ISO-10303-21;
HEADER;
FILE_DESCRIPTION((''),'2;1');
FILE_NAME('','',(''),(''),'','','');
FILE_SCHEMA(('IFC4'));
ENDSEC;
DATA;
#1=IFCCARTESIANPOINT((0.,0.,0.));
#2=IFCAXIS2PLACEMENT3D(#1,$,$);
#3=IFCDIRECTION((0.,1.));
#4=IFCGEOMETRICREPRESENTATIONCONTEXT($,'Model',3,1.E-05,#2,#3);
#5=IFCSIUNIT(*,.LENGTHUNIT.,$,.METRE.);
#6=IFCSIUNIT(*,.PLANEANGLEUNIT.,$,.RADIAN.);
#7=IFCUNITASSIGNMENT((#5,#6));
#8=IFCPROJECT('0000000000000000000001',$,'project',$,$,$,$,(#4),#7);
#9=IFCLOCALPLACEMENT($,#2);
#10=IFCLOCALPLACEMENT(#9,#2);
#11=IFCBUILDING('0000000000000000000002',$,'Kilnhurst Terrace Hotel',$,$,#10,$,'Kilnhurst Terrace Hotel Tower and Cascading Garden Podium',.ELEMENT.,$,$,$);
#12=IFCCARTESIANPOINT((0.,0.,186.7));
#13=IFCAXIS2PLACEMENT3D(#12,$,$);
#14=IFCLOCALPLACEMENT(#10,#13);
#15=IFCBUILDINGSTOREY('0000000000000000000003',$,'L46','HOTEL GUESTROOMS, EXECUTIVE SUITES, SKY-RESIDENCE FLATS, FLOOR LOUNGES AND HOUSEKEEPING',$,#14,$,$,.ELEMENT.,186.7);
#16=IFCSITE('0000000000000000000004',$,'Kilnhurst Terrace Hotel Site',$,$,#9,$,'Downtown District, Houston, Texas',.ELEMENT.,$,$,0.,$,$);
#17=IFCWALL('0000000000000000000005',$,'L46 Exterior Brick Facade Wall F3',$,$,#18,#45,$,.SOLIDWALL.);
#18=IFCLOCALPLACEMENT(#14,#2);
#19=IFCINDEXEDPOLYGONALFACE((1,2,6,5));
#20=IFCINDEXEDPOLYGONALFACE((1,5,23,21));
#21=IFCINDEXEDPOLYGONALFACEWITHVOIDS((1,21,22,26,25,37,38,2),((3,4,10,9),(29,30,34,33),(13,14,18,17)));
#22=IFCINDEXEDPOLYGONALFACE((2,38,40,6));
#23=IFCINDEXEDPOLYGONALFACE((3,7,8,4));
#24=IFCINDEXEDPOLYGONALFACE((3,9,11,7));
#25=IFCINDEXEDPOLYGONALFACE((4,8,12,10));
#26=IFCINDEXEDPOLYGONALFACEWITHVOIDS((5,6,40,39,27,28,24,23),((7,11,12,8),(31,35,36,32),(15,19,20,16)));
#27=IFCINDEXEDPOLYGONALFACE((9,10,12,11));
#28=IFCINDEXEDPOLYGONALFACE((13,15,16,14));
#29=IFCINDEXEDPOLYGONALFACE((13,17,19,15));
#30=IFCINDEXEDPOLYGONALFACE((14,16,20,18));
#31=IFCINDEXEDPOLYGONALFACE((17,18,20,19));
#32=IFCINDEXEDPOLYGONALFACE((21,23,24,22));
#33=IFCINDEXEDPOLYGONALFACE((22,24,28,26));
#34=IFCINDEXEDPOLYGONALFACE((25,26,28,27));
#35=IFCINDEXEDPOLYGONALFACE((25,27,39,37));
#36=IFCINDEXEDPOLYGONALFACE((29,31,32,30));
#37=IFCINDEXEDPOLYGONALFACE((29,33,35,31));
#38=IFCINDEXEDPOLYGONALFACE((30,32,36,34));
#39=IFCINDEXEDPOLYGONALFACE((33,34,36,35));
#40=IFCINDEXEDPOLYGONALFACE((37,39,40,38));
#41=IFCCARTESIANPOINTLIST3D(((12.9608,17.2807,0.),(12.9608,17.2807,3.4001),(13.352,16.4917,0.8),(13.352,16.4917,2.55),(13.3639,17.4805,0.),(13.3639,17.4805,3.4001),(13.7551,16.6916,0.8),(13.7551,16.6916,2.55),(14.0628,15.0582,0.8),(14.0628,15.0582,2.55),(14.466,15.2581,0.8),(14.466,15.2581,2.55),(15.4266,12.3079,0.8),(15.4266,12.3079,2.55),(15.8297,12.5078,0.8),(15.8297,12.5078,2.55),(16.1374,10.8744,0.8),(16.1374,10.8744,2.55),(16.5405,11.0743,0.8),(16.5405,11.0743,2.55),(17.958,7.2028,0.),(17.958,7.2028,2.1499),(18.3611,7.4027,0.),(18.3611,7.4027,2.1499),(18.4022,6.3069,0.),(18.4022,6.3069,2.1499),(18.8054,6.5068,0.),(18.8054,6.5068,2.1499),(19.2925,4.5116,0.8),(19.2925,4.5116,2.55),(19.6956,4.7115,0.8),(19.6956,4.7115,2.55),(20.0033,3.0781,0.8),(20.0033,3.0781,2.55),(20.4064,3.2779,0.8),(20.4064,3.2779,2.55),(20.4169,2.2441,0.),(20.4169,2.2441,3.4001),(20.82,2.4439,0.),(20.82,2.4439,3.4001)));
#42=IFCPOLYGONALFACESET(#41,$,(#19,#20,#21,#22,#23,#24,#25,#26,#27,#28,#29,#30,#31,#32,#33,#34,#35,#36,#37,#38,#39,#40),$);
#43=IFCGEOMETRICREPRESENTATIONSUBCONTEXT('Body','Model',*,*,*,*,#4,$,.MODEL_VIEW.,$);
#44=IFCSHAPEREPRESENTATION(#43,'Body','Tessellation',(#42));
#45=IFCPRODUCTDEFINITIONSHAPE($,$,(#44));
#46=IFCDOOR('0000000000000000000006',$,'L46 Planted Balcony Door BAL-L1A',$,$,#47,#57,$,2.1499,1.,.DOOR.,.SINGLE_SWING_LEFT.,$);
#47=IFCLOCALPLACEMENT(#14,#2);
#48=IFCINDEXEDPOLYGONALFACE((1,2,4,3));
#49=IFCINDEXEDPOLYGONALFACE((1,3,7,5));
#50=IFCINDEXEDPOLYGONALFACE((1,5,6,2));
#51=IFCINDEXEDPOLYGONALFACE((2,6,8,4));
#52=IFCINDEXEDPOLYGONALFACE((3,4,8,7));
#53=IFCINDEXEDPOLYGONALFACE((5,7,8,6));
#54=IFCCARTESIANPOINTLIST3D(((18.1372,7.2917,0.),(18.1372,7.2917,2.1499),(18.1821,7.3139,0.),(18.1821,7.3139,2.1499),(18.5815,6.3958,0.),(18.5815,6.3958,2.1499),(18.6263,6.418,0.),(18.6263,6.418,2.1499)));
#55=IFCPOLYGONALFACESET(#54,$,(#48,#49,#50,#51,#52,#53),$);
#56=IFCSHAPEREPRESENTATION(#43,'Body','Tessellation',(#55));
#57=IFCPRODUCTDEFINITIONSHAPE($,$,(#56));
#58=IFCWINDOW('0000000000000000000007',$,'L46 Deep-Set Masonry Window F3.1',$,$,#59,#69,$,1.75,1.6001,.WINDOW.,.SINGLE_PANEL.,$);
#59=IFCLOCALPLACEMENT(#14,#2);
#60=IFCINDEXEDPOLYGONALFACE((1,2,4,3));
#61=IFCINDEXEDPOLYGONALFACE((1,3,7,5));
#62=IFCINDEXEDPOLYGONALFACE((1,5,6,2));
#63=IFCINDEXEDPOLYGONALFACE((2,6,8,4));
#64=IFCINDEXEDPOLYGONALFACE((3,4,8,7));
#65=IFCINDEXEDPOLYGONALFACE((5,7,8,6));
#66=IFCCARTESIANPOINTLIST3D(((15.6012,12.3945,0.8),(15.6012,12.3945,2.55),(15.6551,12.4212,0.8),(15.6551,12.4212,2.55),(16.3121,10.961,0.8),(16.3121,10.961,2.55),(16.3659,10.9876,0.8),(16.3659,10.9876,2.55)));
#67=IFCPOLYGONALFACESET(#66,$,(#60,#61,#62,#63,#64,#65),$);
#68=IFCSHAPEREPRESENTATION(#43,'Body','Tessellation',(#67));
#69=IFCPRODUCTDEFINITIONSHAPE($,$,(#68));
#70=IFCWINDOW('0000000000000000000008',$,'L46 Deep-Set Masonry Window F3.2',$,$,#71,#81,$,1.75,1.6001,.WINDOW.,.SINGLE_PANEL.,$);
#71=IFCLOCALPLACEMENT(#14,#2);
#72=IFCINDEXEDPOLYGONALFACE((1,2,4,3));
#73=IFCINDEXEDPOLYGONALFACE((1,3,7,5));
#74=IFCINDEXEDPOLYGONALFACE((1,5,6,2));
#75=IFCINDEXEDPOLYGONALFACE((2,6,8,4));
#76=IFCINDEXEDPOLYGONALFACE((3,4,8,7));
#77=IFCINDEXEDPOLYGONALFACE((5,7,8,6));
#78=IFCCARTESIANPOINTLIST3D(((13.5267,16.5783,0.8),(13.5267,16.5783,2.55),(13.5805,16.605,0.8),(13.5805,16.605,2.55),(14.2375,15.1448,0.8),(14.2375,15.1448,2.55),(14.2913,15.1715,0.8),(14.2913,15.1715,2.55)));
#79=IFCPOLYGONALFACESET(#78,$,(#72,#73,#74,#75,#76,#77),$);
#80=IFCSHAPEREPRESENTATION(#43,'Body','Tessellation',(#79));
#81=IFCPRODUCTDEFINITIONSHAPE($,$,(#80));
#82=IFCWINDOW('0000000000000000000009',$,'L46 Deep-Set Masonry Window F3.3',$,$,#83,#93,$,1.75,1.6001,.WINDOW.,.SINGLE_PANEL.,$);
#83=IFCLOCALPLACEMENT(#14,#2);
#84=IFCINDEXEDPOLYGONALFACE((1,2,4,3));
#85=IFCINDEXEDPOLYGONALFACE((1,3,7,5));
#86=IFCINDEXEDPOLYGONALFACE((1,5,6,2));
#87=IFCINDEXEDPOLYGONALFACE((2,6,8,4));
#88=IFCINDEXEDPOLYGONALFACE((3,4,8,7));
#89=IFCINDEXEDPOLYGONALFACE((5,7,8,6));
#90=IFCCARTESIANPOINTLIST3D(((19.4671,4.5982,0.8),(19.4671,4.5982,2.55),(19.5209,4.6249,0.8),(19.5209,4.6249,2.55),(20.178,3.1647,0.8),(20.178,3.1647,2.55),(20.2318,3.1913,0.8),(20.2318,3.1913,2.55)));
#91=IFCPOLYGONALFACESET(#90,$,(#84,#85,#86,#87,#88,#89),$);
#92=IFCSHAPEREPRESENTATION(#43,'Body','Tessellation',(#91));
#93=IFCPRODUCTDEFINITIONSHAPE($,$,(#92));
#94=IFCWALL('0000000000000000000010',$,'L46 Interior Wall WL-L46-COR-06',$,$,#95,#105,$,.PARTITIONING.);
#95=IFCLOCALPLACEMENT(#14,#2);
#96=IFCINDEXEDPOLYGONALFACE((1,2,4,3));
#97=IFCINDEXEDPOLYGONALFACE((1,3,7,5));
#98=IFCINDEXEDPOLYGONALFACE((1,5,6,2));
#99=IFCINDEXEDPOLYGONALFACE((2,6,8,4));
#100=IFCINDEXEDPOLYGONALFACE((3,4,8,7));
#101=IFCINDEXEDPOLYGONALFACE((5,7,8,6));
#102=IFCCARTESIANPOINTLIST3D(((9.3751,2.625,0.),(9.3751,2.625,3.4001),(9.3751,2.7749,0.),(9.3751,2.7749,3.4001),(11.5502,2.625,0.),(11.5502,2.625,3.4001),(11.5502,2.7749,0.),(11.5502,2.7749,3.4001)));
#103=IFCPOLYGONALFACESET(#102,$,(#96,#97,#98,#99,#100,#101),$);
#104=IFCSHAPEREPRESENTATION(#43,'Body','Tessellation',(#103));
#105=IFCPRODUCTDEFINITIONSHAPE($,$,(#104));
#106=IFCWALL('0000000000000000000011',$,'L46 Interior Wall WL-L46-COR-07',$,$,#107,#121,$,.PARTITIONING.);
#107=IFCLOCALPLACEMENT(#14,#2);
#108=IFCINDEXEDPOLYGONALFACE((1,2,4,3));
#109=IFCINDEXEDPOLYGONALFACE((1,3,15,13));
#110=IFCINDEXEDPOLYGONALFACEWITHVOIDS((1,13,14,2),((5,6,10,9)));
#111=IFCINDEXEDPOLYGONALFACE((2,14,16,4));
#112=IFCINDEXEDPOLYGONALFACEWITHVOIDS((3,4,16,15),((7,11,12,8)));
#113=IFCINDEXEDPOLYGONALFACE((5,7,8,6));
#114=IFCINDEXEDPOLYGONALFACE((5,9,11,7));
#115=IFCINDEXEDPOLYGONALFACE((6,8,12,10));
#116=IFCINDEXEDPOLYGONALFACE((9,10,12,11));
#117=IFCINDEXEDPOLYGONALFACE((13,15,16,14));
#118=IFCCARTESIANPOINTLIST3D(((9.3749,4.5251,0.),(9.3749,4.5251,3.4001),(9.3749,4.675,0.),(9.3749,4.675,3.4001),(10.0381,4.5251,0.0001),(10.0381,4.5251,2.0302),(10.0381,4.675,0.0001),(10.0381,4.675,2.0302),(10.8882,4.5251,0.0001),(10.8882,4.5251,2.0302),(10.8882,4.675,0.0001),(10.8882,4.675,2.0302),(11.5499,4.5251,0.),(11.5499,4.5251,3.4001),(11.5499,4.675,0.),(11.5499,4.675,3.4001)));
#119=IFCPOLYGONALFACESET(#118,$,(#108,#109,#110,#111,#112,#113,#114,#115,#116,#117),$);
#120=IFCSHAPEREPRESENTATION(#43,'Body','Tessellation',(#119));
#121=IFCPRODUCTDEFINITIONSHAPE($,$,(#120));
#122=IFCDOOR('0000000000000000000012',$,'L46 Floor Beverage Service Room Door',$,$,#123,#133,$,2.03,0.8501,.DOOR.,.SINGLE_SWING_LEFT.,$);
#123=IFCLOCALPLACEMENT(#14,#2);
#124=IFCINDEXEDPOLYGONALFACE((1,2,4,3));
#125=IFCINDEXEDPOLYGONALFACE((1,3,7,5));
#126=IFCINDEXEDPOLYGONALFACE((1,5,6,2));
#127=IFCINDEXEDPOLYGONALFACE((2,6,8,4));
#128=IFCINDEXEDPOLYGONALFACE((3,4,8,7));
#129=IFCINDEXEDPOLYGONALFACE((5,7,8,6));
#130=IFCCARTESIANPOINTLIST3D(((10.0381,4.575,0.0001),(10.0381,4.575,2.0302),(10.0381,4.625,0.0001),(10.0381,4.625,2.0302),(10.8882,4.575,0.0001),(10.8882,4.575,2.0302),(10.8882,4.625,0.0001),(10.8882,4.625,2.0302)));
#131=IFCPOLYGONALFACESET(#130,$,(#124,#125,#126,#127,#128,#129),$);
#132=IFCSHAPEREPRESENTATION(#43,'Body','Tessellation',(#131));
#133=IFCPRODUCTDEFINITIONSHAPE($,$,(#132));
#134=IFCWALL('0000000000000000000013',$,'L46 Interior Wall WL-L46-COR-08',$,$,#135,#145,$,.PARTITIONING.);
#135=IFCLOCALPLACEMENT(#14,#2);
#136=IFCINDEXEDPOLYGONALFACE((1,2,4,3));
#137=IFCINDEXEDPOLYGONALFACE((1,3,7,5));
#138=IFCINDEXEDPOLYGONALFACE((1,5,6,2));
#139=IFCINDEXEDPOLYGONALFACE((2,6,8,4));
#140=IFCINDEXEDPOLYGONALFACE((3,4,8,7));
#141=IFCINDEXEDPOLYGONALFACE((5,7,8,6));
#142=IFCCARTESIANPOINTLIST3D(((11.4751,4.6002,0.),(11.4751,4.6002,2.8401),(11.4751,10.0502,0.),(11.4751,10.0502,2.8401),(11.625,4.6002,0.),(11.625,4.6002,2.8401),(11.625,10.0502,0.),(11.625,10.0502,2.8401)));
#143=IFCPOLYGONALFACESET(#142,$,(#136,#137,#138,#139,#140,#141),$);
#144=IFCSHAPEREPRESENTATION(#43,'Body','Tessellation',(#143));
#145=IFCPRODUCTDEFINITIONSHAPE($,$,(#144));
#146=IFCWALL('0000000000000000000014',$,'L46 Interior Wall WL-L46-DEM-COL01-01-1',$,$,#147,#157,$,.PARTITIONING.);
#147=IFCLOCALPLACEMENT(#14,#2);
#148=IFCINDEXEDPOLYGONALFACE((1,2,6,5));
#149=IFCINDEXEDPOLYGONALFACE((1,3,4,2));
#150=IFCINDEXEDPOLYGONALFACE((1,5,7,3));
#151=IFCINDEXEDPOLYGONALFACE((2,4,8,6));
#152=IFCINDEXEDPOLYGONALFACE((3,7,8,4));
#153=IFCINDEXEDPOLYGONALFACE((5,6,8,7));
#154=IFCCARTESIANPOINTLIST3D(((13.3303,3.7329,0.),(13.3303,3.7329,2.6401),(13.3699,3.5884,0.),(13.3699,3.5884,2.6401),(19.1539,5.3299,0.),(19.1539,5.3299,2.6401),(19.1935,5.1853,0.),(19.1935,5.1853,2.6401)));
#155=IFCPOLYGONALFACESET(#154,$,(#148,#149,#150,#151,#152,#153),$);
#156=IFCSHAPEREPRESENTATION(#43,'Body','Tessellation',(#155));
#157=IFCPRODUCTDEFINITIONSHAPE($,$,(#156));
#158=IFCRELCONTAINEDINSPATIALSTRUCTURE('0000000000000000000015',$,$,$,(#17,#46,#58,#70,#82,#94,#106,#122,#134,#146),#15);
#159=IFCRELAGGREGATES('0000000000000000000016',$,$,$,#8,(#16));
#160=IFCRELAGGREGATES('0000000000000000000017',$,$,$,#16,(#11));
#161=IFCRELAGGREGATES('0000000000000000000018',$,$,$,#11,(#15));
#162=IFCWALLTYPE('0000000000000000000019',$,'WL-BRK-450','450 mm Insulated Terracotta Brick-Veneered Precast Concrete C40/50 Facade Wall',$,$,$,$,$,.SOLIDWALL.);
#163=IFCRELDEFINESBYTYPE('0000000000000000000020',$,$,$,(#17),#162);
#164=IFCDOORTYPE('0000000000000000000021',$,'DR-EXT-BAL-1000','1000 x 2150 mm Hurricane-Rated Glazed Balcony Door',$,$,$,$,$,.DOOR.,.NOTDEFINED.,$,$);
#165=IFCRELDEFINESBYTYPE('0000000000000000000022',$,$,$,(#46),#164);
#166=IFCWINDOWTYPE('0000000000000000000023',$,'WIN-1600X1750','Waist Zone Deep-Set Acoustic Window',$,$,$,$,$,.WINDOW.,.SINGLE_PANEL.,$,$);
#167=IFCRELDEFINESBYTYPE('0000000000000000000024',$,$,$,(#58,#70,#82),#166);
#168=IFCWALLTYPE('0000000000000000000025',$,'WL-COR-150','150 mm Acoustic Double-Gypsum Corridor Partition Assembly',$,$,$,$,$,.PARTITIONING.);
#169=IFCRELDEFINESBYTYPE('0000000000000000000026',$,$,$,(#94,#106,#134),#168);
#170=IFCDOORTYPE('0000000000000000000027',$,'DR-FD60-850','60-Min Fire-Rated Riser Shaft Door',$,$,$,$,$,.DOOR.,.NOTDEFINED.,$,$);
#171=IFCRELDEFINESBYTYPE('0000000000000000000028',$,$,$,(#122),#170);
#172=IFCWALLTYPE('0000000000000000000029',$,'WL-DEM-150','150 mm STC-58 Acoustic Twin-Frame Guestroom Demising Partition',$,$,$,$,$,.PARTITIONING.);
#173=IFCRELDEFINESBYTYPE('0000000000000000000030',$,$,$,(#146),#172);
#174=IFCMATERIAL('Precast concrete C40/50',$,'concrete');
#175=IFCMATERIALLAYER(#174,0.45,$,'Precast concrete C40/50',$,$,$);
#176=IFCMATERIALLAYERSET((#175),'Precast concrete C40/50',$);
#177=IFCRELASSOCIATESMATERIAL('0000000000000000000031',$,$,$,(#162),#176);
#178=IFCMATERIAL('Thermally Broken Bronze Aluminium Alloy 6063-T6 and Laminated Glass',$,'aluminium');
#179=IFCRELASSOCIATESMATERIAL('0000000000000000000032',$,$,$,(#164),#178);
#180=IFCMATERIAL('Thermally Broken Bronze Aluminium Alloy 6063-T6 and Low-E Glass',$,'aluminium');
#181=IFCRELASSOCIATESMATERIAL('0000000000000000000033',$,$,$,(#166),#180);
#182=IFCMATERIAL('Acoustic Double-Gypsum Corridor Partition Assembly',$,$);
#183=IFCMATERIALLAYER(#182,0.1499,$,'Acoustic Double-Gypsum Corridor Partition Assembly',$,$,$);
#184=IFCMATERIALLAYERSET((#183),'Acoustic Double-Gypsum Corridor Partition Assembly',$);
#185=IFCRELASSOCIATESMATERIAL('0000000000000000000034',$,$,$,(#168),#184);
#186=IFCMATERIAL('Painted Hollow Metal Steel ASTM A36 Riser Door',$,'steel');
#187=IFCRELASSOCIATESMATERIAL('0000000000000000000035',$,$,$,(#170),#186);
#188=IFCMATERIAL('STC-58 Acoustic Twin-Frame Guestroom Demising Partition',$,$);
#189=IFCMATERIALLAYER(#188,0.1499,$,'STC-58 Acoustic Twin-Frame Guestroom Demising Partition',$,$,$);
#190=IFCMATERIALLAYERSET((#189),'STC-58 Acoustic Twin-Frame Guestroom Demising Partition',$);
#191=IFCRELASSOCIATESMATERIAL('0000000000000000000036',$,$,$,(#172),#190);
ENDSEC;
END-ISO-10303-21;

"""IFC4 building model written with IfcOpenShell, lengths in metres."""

from ifc_helpers import new_model, si_unit, direction, frame, frame_2d, origin, place, context, subcontext, project, spatial, rectangle, extrude, material, layer, layer_set, type_object, element, fill, save


model = new_model("IFC4")

# Units and contexts
model_context = context("Model", 3, precision=1e-05, world=origin(), true_north=direction((0.0, 1.0)))
body_context = subcontext(model_context, "Body", "Model", "MODEL_VIEW")
ifc_project = project(units=[si_unit("LENGTHUNIT", "METRE"), si_unit("PLANEANGLEUNIT", "RADIAN")], contexts=[model_context])

# Site, building, storey
site_placement = place(None, origin())
site = spatial("IfcSite", under=ifc_project, at=site_placement, Name="Kilnhurst Terrace Hotel Site", LongName="Downtown District, Houston, Texas", CompositionType="ELEMENT", RefElevation=0.0)
building_placement = place(site_placement, origin())
building = spatial("IfcBuilding", under=site, at=building_placement, Name="Kilnhurst Terrace Hotel", LongName="Kilnhurst Terrace Hotel Tower and Cascading Garden Podium", CompositionType="ELEMENT")
storey_placement = place(building_placement, frame((0.0, 0.0, 186.7)))
storey = spatial("IfcBuildingStorey", under=building, at=storey_placement, Name="L46", Description="HOTEL GUESTROOMS, EXECUTIVE SUITES, SKY-RESIDENCE FLATS, FLOOR LOUNGES AND HOUSEKEEPING", CompositionType="ELEMENT", Elevation=186.7)

# Shared definitions
ifc_material_1 = material(Name="Precast concrete C40/50", Category="concrete")
ifc_layer_1 = layer(ifc_material_1, 0.45, Name="Precast concrete C40/50")
ifc_layer_set_1 = layer_set([ifc_layer_1], Name="Precast concrete C40/50")
wall_type_1 = type_object("IfcWallType", Name="WL-BRK-450", Description="450 mm Insulated Terracotta Brick-Veneered Precast Concrete C40/50 Facade Wall", PredefinedType="SOLIDWALL", material=ifc_layer_set_1)

# Wall, openings, door, windows
wall_1_placement = place(storey_placement, frame((20.6184, 2.344, 0.0), z_axis=(0.0, 0.0, 1.0), x_axis=(-0.444244, 0.895906, 0.0)))
wall_1 = element("IfcWall", 1, at=wall_1_placement, inside=storey, type_object=wall_type_1, Name="L46 Exterior Brick Facade Wall F3", PredefinedType="SOLIDWALL", context=body_context, shape_type="SweptSolid", body=[
    extrude(rectangle(XDim=16.7837, YDim=0.45, at=frame_2d((8.3918, 0.0))), origin(), (0.0, 0.0, 1.0), 3.4001),
])
opening_1_placement = place(wall_1_placement, frame((4.5349, 0.0, 0.0)))
opening_1 = element("IfcOpeningElement", 2, at=opening_1_placement, cuts=wall_1, PredefinedType="OPENING", context=body_context, shape_type="SweptSolid", body=[
    extrude(rectangle(XDim=1.0, YDim=2.1499, at=frame_2d((0.5, 1.075))), frame((0.0, 0.2349, 0.0), z_axis=(0.0, -1.0, 0.0), x_axis=(1.0, 0.0, 0.0)), (0.0, 0.0, 1.0), 0.47),
])
opening_2_placement = place(wall_1_placement, frame((9.6331, 0.0, 0.8)))
opening_2 = element("IfcOpeningElement", 3, at=opening_2_placement, cuts=wall_1, PredefinedType="OPENING", context=body_context, shape_type="SweptSolid", body=[
    extrude(rectangle(XDim=1.6001, YDim=1.75, at=frame_2d((0.8, 0.875))), frame((0.0, 0.2349, 0.0), z_axis=(0.0, -1.0, 0.0), x_axis=(1.0, 0.0, 0.0)), (0.0, 0.0, 1.0), 0.47),
])
opening_3_placement = place(wall_1_placement, frame((14.303, 0.0, 0.8)))
opening_3 = element("IfcOpeningElement", 4, at=opening_3_placement, cuts=wall_1, PredefinedType="OPENING", context=body_context, shape_type="SweptSolid", body=[
    extrude(rectangle(XDim=1.6001, YDim=1.75, at=frame_2d((0.8, 0.875))), frame((0.0, 0.2349, 0.0), z_axis=(0.0, -1.0, 0.0), x_axis=(1.0, 0.0, 0.0)), (0.0, 0.0, 1.0), 0.47),
])
opening_4_placement = place(wall_1_placement, frame((0.9309, 0.0, 0.8)))
opening_4 = element("IfcOpeningElement", 5, at=opening_4_placement, cuts=wall_1, PredefinedType="OPENING", context=body_context, shape_type="SweptSolid", body=[
    extrude(rectangle(XDim=1.6001, YDim=1.75, at=frame_2d((0.8, 0.875))), frame((0.0, 0.2349, 0.0), z_axis=(0.0, -1.0, 0.0), x_axis=(1.0, 0.0, 0.0)), (0.0, 0.0, 1.0), 0.47),
])
ifc_material_2 = material(Name="Thermally Broken Bronze Aluminium Alloy 6063-T6 and Laminated Glass", Category="aluminium")
door_type_1 = type_object("IfcDoorType", Name="DR-EXT-BAL-1000", Description="1000 x 2150 mm Hurricane-Rated Glazed Balcony Door", OperationType="NOTDEFINED", PredefinedType="DOOR", material=ifc_material_2)
door_1_placement = place(opening_1_placement, origin())
door_1 = element("IfcDoor", 6, at=door_1_placement, inside=storey, type_object=door_type_1, Name="L46 Planted Balcony Door BAL-L1A", OperationType="SINGLE_SWING_LEFT", OverallHeight=2.1499, OverallWidth=1.0, PredefinedType="DOOR", context=body_context, shape_type="SweptSolid", body=[
    extrude(rectangle(XDim=1.0, YDim=2.1499, at=frame_2d((0.5, 1.075))), frame((0.0, 0.0249, 0.0), z_axis=(0.0, -1.0, 0.0), x_axis=(1.0, 0.0, 0.0)), (0.0, 0.0, 1.0), 0.05),
])
fill(opening_1, door_1)
ifc_material_3 = material(Name="Thermally Broken Bronze Aluminium Alloy 6063-T6 and Low-E Glass", Category="aluminium")
window_type = type_object("IfcWindowType", Name="WIN-1600X1750", Description="Waist Zone Deep-Set Acoustic Window", PartitioningType="SINGLE_PANEL", PredefinedType="WINDOW", material=ifc_material_3)
window_1_placement = place(opening_2_placement, origin())
window_1 = element("IfcWindow", 7, at=window_1_placement, inside=storey, type_object=window_type, Name="L46 Deep-Set Masonry Window F3.1", OverallHeight=1.75, OverallWidth=1.6001, PartitioningType="SINGLE_PANEL", PredefinedType="WINDOW", context=body_context, shape_type="SweptSolid", body=[
    extrude(rectangle(XDim=1.6001, YDim=1.75, at=frame_2d((0.8, 0.875))), frame((0.0, 0.03, 0.0), z_axis=(0.0, -1.0, 0.0), x_axis=(1.0, 0.0, 0.0)), (0.0, 0.0, 1.0), 0.0601),
])
fill(opening_2, window_1)
window_2_placement = place(opening_3_placement, origin())
window_2 = element("IfcWindow", 8, at=window_2_placement, inside=storey, type_object=window_type, Name="L46 Deep-Set Masonry Window F3.2", OverallHeight=1.75, OverallWidth=1.6001, PartitioningType="SINGLE_PANEL", PredefinedType="WINDOW", context=body_context, shape_type="SweptSolid", body=[
    extrude(rectangle(XDim=1.6001, YDim=1.75, at=frame_2d((0.8, 0.875))), frame((0.0, 0.03, 0.0), z_axis=(0.0, -1.0, 0.0), x_axis=(1.0, 0.0, 0.0)), (0.0, 0.0, 1.0), 0.0601),
])
fill(opening_3, window_2)
window_3_placement = place(opening_4_placement, origin())
window_3 = element("IfcWindow", 9, at=window_3_placement, inside=storey, type_object=window_type, Name="L46 Deep-Set Masonry Window F3.3", OverallHeight=1.75, OverallWidth=1.6001, PartitioningType="SINGLE_PANEL", PredefinedType="WINDOW", context=body_context, shape_type="SweptSolid", body=[
    extrude(rectangle(XDim=1.6001, YDim=1.75, at=frame_2d((0.8, 0.875))), frame((0.0, 0.03, 0.0), z_axis=(0.0, -1.0, 0.0), x_axis=(1.0, 0.0, 0.0)), (0.0, 0.0, 1.0), 0.0601),
])
fill(opening_4, window_3)

# Wall
ifc_material_4 = material(Name="Acoustic Double-Gypsum Corridor Partition Assembly")
ifc_layer_2 = layer(ifc_material_4, 0.1499, Name="Acoustic Double-Gypsum Corridor Partition Assembly")
ifc_layer_set_2 = layer_set([ifc_layer_2], Name="Acoustic Double-Gypsum Corridor Partition Assembly")
wall_type_2 = type_object("IfcWallType", Name="WL-COR-150", Description="150 mm Acoustic Double-Gypsum Corridor Partition Assembly", PredefinedType="PARTITIONING", material=ifc_layer_set_2)
wall_2_placement = place(storey_placement, frame((11.55, 2.7, 0.0), z_axis=(0.0, 0.0, 1.0), x_axis=(-1.0, 0.0, 0.0)))
element("IfcWall", 10, at=wall_2_placement, inside=storey, type_object=wall_type_2, Name="L46 Interior Wall WL-L46-COR-06", PredefinedType="PARTITIONING", context=body_context, shape_type="SweptSolid", body=[
    extrude(rectangle(XDim=2.175, YDim=0.1499, at=frame_2d((1.0874, 0.0))), origin(), (0.0, 0.0, 1.0), 3.4001),
])

# Wall, opening, door
wall_3_placement = place(storey_placement, frame((9.375, 4.6001, 0.0), z_axis=(0.0, 0.0, 1.0), x_axis=(1.0, 0.0, 0.0)))
wall_3 = element("IfcWall", 11, at=wall_3_placement, inside=storey, type_object=wall_type_2, Name="L46 Interior Wall WL-L46-COR-07", PredefinedType="PARTITIONING", context=body_context, shape_type="SweptSolid", body=[
    extrude(rectangle(XDim=2.175, YDim=0.1499, at=frame_2d((1.0874, 0.0))), origin(), (0.0, 0.0, 1.0), 3.4001),
])
opening_5_placement = place(wall_3_placement, frame((0.6631, 0.0, 0.0)))
opening_5 = element("IfcOpeningElement", 12, at=opening_5_placement, cuts=wall_3, PredefinedType="OPENING", context=body_context, shape_type="SweptSolid", body=[
    extrude(rectangle(XDim=0.8501, YDim=2.03, at=frame_2d((0.425, 1.0151))), frame((0.0, 0.085, 0.0), z_axis=(0.0, -1.0, 0.0), x_axis=(1.0, 0.0, 0.0)), (0.0, 0.0, 1.0), 0.1699),
])
ifc_material_5 = material(Name="Painted Hollow Metal Steel ASTM A36 Riser Door", Category="steel")
door_type_2 = type_object("IfcDoorType", Name="DR-FD60-850", Description="60-Min Fire-Rated Riser Shaft Door", OperationType="NOTDEFINED", PredefinedType="DOOR", material=ifc_material_5)
door_2_placement = place(opening_5_placement, origin())
door_2 = element("IfcDoor", 13, at=door_2_placement, inside=storey, type_object=door_type_2, Name="L46 Floor Beverage Service Room Door", OperationType="SINGLE_SWING_LEFT", OverallHeight=2.03, OverallWidth=0.8501, PredefinedType="DOOR", context=body_context, shape_type="SweptSolid", body=[
    extrude(rectangle(XDim=0.8501, YDim=2.03, at=frame_2d((0.425, 1.0151))), frame((0.0, 0.0249, 0.0), z_axis=(0.0, -1.0, 0.0), x_axis=(1.0, 0.0, 0.0)), (0.0, 0.0, 1.0), 0.05),
])
fill(opening_5, door_2)

# Walls
wall_4_placement = place(storey_placement, frame((11.55, 4.6001, 0.0), z_axis=(0.0, 0.0, 1.0), x_axis=(0.0, 1.0, 0.0)))
element("IfcWall", 14, at=wall_4_placement, inside=storey, type_object=wall_type_2, Name="L46 Interior Wall WL-L46-COR-08", PredefinedType="PARTITIONING", context=body_context, shape_type="SweptSolid", body=[
    extrude(rectangle(XDim=5.45, YDim=0.1499, at=frame_2d((2.7251, 0.0))), origin(), (0.0, 0.0, 1.0), 2.8401),
])
ifc_material_6 = material(Name="STC-58 Acoustic Twin-Frame Guestroom Demising Partition")
ifc_layer_3 = layer(ifc_material_6, 0.1499, Name="STC-58 Acoustic Twin-Frame Guestroom Demising Partition")
ifc_layer_set_3 = layer_set([ifc_layer_3], Name="STC-58 Acoustic Twin-Frame Guestroom Demising Partition")
wall_type_3 = type_object("IfcWallType", Name="WL-DEM-150", Description="150 mm STC-58 Acoustic Twin-Frame Guestroom Demising Partition", PredefinedType="PARTITIONING", material=ifc_layer_set_3)
wall_5_placement = place(storey_placement, frame((13.3501, 3.6606, 0.0), z_axis=(0.0, 0.0, 1.0), x_axis=(0.964397, 0.264458, 0.0)))
element("IfcWall", 15, at=wall_5_placement, inside=storey, type_object=wall_type_3, Name="L46 Interior Wall WL-L46-DEM-COL01-01-1", PredefinedType="PARTITIONING", context=body_context, shape_type="SweptSolid", body=[
    extrude(rectangle(XDim=6.0386, YDim=0.1499, at=frame_2d((3.0193, 0.0))), origin(), (0.0, 0.0, 1.0), 2.6401),
])

save(model, "model.ifc")
